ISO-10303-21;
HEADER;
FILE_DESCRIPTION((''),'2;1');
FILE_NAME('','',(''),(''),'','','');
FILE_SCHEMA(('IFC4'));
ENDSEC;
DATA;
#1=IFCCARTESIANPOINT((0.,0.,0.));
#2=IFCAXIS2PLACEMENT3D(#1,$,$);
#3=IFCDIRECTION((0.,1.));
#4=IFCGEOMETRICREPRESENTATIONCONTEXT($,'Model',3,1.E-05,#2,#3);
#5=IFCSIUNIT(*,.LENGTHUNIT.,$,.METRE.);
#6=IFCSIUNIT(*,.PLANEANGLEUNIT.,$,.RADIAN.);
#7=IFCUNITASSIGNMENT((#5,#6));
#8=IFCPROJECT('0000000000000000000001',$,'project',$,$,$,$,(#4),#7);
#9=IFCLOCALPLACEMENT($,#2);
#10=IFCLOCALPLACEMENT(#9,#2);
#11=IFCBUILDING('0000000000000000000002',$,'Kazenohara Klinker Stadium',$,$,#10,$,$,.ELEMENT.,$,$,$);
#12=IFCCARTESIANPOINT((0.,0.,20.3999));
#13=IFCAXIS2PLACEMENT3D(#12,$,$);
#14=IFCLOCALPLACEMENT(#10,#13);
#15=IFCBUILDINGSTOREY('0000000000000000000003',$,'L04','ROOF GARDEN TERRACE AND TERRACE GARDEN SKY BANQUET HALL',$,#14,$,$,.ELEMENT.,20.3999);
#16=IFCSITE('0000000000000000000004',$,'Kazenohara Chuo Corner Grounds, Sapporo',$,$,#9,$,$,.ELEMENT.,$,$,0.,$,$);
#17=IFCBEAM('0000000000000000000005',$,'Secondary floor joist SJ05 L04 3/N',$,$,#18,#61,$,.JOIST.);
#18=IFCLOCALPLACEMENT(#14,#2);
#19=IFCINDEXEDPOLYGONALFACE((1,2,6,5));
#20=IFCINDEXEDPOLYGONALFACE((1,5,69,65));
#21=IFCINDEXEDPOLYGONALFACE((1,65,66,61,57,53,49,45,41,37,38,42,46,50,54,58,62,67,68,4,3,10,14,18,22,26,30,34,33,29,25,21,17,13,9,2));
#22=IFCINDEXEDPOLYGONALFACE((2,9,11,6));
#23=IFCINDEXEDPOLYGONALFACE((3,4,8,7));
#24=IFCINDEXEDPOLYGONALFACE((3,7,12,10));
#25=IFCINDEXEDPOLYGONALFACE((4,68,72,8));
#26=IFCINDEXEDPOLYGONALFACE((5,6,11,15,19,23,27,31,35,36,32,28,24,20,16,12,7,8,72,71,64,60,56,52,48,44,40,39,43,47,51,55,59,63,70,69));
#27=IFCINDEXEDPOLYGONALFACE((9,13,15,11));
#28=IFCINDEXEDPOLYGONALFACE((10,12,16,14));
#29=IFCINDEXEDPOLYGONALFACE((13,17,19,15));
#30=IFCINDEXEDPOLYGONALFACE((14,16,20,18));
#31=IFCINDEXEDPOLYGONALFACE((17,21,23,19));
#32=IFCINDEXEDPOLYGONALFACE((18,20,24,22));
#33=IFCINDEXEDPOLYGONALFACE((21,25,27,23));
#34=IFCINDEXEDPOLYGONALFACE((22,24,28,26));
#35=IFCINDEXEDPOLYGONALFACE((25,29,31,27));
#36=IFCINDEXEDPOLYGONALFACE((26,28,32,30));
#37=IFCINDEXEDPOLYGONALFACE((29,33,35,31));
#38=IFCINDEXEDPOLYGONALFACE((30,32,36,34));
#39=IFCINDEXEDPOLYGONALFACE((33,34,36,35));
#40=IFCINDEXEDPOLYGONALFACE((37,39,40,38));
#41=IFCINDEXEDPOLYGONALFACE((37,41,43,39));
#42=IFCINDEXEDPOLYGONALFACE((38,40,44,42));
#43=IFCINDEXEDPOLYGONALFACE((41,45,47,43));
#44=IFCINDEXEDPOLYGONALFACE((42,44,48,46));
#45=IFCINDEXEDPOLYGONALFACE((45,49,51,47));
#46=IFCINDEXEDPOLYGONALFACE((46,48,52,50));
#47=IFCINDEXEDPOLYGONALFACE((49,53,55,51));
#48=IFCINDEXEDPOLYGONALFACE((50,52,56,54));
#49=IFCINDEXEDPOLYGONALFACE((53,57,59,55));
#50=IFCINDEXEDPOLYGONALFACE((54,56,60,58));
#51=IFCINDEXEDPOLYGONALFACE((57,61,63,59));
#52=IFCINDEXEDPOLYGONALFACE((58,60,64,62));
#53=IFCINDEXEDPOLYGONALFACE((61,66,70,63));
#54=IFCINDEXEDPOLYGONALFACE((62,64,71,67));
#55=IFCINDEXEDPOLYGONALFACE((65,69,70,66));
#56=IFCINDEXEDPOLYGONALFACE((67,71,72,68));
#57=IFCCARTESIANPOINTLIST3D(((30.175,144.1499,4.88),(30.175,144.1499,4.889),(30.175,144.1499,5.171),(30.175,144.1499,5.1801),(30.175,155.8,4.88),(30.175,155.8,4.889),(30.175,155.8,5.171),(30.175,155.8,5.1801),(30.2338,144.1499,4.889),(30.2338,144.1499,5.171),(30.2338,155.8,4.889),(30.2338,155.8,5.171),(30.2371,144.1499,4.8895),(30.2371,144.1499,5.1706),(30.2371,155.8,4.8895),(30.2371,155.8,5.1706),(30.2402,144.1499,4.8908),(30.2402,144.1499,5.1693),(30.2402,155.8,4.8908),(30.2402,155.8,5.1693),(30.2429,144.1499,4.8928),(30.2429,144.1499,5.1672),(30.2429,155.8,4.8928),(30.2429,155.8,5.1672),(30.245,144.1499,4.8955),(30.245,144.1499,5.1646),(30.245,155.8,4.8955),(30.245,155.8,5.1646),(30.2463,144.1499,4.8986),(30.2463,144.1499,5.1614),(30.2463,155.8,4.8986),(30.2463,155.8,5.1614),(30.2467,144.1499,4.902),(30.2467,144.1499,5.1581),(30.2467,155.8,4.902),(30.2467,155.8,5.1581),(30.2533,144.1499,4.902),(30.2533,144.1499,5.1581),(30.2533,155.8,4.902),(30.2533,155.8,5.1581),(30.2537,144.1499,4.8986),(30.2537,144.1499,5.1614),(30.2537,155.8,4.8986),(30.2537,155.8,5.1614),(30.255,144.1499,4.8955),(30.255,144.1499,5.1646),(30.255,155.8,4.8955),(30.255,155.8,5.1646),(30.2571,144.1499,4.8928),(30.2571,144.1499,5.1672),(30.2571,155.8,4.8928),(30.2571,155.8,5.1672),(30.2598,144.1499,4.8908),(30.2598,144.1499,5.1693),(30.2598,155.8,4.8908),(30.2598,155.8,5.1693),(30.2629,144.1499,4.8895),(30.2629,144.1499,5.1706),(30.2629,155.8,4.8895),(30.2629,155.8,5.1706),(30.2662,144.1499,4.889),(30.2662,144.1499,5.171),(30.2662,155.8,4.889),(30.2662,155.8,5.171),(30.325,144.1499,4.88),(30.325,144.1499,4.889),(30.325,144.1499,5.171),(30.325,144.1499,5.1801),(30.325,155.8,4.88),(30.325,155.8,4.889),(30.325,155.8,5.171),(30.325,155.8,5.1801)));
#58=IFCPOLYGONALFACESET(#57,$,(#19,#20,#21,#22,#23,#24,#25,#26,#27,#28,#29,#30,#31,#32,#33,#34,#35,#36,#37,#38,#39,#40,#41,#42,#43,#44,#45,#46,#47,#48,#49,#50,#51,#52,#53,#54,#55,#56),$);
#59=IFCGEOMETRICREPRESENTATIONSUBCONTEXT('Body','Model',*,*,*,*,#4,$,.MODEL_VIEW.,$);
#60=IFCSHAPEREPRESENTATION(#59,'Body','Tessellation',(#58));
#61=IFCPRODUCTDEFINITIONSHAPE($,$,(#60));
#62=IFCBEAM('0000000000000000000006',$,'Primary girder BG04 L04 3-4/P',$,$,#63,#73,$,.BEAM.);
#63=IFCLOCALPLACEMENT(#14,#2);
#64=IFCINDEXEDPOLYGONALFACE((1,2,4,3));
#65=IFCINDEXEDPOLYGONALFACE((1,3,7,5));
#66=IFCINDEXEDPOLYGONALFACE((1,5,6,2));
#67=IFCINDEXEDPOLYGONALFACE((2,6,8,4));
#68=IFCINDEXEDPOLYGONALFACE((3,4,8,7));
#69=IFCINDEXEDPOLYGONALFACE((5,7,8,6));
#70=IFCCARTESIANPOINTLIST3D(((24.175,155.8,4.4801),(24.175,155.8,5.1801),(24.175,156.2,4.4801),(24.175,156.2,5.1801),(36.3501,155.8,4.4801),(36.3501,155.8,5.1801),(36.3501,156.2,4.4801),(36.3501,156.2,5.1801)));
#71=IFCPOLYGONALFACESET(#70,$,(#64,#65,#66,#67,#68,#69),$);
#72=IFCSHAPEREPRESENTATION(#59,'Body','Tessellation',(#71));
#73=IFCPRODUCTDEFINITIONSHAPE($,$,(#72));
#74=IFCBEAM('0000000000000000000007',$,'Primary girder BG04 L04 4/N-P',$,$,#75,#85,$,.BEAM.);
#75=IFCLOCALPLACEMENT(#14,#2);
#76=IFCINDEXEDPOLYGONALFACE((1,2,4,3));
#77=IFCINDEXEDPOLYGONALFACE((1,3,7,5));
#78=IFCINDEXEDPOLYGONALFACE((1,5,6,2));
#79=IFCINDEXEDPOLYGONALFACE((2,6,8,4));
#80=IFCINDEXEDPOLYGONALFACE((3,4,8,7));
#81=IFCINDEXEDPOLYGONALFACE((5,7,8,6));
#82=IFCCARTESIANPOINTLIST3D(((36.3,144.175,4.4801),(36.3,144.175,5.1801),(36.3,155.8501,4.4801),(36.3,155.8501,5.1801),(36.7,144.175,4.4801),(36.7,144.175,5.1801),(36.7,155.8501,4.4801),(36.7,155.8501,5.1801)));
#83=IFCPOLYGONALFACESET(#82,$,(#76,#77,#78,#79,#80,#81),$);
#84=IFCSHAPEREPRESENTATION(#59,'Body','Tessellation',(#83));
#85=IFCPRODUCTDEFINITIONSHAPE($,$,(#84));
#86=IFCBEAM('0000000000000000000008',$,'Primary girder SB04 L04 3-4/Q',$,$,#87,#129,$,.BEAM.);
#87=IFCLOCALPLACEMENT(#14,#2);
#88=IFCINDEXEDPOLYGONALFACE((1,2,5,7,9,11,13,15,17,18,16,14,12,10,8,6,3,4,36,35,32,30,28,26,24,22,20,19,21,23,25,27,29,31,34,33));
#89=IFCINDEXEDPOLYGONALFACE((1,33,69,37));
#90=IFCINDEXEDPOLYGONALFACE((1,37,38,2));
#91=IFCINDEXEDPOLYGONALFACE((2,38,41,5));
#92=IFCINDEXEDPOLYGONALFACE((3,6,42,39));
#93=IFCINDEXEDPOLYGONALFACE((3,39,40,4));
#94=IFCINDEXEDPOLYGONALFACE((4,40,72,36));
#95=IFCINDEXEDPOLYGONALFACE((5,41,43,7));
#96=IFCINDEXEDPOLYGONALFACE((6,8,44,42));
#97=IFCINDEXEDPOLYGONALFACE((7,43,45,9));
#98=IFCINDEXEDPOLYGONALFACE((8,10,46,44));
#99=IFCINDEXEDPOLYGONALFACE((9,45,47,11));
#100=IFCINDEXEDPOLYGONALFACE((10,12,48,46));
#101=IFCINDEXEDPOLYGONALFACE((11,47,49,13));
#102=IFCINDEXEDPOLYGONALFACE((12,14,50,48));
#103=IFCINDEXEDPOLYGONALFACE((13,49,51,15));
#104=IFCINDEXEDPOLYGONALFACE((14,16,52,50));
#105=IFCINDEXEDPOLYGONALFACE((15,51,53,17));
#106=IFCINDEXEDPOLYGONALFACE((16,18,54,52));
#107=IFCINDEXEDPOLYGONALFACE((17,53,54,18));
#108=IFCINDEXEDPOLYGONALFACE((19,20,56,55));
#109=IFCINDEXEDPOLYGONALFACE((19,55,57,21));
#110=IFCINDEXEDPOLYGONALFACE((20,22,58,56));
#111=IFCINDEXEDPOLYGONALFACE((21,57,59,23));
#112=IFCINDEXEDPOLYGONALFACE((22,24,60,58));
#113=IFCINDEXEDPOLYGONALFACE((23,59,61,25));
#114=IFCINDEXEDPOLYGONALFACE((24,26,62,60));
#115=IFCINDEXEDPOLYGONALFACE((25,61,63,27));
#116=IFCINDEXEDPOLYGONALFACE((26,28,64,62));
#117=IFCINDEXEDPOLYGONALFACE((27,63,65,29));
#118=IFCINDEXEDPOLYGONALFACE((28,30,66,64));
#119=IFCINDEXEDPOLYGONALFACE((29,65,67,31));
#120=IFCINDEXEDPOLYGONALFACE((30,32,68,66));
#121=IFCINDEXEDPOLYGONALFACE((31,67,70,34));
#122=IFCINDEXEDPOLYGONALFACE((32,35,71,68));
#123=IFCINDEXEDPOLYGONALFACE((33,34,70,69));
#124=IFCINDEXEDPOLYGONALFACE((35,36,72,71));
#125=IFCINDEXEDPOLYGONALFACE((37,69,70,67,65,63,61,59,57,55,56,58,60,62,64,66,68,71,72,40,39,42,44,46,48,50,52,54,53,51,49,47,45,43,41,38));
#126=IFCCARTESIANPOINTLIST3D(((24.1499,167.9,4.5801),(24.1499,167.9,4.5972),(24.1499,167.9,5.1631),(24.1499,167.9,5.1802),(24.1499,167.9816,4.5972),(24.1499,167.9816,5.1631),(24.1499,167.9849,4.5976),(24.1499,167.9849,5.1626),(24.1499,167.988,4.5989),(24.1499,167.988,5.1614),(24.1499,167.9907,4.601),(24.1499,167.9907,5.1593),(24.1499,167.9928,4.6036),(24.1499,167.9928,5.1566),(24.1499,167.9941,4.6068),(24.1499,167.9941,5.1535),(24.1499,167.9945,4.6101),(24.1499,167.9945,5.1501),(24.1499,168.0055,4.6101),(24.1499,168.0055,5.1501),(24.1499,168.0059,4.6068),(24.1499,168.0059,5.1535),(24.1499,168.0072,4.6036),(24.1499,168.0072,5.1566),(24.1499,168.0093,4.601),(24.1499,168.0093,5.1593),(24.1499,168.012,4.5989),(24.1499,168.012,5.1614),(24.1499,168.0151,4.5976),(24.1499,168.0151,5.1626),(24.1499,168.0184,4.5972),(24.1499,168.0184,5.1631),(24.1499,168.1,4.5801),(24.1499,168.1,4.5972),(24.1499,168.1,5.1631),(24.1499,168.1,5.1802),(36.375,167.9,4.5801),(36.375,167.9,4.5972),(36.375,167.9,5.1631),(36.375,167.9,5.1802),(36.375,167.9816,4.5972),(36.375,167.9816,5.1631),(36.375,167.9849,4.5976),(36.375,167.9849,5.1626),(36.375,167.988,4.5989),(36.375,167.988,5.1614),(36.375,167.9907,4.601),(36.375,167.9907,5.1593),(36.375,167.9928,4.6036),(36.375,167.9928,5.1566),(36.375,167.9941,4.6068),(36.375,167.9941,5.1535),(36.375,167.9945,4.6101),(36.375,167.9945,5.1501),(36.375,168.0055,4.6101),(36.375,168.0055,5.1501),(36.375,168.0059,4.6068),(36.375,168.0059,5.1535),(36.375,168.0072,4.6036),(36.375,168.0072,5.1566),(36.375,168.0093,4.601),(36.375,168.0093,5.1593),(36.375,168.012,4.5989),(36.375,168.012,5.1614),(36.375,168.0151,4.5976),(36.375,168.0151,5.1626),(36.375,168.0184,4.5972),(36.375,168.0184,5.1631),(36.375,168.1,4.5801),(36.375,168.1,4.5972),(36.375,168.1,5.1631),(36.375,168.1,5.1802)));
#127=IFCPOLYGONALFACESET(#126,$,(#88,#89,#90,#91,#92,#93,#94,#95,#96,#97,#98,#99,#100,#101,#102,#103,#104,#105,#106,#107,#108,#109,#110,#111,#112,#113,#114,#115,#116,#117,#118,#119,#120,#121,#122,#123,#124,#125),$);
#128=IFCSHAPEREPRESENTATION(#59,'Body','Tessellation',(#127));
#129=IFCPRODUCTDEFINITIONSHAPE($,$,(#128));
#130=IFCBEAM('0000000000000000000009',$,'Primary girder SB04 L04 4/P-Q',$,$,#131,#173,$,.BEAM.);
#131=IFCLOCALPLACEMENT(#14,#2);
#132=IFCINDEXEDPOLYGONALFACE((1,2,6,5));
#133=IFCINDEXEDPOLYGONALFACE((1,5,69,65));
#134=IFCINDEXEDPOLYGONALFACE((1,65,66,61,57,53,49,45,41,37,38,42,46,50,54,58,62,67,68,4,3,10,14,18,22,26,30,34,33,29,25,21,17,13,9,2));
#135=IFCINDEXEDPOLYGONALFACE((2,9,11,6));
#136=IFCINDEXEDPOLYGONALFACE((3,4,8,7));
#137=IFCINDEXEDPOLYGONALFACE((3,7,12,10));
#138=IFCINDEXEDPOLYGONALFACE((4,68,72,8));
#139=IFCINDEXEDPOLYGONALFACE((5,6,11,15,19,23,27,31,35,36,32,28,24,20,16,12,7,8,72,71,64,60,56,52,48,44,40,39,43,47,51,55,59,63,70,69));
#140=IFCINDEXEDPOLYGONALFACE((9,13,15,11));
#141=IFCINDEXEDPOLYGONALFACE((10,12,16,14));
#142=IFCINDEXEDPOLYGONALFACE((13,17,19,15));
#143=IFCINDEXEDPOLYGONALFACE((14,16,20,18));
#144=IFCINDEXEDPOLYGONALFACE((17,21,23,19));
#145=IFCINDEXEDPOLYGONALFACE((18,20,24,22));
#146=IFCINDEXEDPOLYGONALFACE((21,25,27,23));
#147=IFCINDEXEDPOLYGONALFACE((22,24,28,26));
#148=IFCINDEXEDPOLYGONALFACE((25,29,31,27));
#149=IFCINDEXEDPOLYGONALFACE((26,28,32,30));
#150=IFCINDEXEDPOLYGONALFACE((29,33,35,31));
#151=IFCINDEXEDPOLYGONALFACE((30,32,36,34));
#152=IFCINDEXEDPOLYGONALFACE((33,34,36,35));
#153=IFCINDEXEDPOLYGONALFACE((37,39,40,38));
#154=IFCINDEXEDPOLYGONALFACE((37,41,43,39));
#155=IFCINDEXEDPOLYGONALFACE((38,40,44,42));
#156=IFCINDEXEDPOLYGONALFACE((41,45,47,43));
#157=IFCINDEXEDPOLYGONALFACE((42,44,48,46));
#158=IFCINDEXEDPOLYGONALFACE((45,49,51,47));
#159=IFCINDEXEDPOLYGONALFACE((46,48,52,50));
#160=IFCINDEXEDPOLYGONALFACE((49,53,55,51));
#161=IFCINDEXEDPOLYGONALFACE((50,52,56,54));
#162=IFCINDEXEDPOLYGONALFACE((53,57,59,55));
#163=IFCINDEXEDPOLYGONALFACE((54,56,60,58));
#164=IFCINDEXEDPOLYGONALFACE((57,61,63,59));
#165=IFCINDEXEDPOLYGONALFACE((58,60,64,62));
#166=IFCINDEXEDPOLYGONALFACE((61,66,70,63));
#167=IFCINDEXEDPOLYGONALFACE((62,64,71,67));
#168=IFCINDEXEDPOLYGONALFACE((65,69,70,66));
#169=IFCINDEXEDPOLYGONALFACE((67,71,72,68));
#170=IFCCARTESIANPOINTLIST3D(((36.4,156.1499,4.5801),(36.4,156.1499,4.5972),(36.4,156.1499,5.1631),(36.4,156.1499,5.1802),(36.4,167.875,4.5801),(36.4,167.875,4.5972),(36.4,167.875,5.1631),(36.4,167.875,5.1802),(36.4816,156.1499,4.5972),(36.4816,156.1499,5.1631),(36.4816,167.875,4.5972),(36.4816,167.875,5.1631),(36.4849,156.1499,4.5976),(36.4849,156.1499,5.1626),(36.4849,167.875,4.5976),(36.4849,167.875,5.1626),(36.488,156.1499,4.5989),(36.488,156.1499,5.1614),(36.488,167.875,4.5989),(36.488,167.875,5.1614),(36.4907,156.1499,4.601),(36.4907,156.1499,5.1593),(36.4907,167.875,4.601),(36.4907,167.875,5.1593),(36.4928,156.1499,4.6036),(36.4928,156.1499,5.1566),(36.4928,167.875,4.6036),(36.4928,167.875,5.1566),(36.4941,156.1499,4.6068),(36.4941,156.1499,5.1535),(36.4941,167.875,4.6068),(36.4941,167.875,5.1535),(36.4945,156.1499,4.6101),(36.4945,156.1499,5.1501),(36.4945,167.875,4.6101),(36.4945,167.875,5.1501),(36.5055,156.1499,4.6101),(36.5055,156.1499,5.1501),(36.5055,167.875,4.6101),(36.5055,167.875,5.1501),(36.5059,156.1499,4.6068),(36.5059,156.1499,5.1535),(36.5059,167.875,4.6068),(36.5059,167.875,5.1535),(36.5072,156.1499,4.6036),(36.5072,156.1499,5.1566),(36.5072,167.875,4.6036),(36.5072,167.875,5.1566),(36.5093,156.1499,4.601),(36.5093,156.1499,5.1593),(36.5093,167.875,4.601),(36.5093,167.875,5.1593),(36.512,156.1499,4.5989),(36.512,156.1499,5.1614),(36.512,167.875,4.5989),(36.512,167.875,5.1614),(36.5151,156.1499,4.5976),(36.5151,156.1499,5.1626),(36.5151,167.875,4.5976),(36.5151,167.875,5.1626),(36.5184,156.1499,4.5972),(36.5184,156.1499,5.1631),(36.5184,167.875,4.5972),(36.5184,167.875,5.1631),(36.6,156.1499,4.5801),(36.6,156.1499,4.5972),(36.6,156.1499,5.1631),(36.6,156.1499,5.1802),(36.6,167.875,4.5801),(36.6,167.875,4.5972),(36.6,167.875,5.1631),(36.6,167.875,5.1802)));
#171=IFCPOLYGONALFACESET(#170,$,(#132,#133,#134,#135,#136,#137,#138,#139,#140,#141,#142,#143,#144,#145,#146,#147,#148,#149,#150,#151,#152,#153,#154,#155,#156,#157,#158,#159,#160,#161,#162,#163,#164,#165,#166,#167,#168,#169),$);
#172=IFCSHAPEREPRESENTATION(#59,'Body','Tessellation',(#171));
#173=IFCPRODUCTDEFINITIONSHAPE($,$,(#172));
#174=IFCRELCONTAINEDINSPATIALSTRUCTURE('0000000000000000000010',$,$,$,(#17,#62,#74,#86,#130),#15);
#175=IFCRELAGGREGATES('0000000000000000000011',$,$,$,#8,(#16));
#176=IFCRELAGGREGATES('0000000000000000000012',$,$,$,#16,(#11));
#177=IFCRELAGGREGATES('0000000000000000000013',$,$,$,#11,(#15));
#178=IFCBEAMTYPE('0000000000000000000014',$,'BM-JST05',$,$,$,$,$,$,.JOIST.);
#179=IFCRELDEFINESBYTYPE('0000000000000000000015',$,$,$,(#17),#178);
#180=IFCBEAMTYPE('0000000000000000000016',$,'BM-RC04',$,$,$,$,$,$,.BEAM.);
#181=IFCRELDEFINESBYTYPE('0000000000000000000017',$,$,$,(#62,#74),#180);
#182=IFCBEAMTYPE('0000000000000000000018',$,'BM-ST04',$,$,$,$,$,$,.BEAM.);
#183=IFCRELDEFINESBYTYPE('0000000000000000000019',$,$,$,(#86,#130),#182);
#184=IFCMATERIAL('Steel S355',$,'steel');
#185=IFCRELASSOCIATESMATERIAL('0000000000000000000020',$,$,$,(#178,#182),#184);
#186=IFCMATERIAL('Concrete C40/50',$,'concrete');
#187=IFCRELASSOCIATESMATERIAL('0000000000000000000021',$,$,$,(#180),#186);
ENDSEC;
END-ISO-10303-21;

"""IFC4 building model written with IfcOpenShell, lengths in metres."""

from ifc_helpers import new_model, si_unit, direction, frame, origin, origin_2d, place, context, subcontext, project, spatial, rectangle, i_section, extrude, material, material_profile, profile_set, type_object, element, save


model = new_model("IFC4")

# Units and contexts
model_context = context("Model", 3, precision=1e-05, world=origin(), true_north=direction((0.0, 1.0)))
body_context = subcontext(model_context, "Body", "Model", "MODEL_VIEW")
ifc_project = project(units=[si_unit("LENGTHUNIT", "METRE"), si_unit("PLANEANGLEUNIT", "RADIAN")], contexts=[model_context])

# Site, building, storey
site_placement = place(None, origin())
site = spatial("IfcSite", under=ifc_project, at=site_placement, Name="Kazenohara Chuo Corner Grounds, Sapporo", CompositionType="ELEMENT", RefElevation=0.0)
building_placement = place(site_placement, origin())
building = spatial("IfcBuilding", under=site, at=building_placement, Name="Kazenohara Klinker Stadium", CompositionType="ELEMENT")
storey_placement = place(building_placement, frame((0.0, 0.0, 20.3999)))
storey = spatial("IfcBuildingStorey", under=building, at=storey_placement, Name="L04", Description="ROOF GARDEN TERRACE AND TERRACE GARDEN SKY BANQUET HALL", CompositionType="ELEMENT", Elevation=20.3999)

# Shared definitions
ifc_material_1 = material(Name="Steel S355", Category="steel")

# Beams
ifc_material_profile_1 = material_profile(ifc_material_1, i_section(OverallWidth=0.1499, OverallDepth=0.3, WebThickness=0.0066, FlangeThickness=0.009, FilletRadius=0.0129, at=origin_2d()), Name="H-300x150x6.5x9")
ifc_profile_set_1 = profile_set([ifc_material_profile_1], Name="Steel S355")
beam_type_1 = type_object("IfcBeamType", Name="BM-JST05", PredefinedType="JOIST", material=ifc_profile_set_1)
beam_1_placement = place(storey_placement, frame((30.25, 144.1499, 5.03), z_axis=(0.0, 1.0, 0.0), x_axis=(-1.0, 0.0, 0.0)))
element("IfcBeam", 1, at=beam_1_placement, inside=storey, type_object=beam_type_1, Name="Secondary floor joist SJ05 L04 3/N", PredefinedType="JOIST", context=body_context, shape_type="SweptSolid", body=[
    extrude(i_section(OverallWidth=0.1499, OverallDepth=0.3, WebThickness=0.0066, FlangeThickness=0.009, FilletRadius=0.0129, at=origin_2d()), origin(), (0.0, 0.0, 1.0), 11.6501),
])
ifc_material_2 = material(Name="Concrete C40/50", Category="concrete")
ifc_material_profile_2 = material_profile(ifc_material_2, rectangle(XDim=0.3999, YDim=0.7, at=origin_2d()), Name="RC-BM-400x700")
ifc_profile_set_2 = profile_set([ifc_material_profile_2], Name="Concrete C40/50")
beam_type_2 = type_object("IfcBeamType", Name="BM-RC04", PredefinedType="BEAM", material=ifc_profile_set_2)
beam_2_placement = place(storey_placement, frame((24.175, 156.0, 4.8301), z_axis=(1.0, 0.0, 0.0), x_axis=(0.0, 1.0, 0.0)))
element("IfcBeam", 2, at=beam_2_placement, inside=storey, type_object=beam_type_2, Name="Primary girder BG04 L04 3-4/P", PredefinedType="BEAM", context=body_context, shape_type="SweptSolid", body=[
    extrude(rectangle(XDim=0.3999, YDim=0.7, at=origin_2d()), origin(), (0.0, 0.0, 1.0), 12.175),
])
beam_3_placement = place(storey_placement, frame((36.5, 144.175, 4.8301), z_axis=(0.0, 1.0, 0.0), x_axis=(-1.0, 0.0, 0.0)))
element("IfcBeam", 3, at=beam_3_placement, inside=storey, type_object=beam_type_2, Name="Primary girder BG04 L04 4/N-P", PredefinedType="BEAM", context=body_context, shape_type="SweptSolid", body=[
    extrude(rectangle(XDim=0.3999, YDim=0.7, at=origin_2d()), origin(), (0.0, 0.0, 1.0), 11.675),
])
ifc_material_profile_3 = material_profile(ifc_material_1, i_section(OverallWidth=0.2, OverallDepth=0.6001, WebThickness=0.011, FlangeThickness=0.0171, FilletRadius=0.0129, at=origin_2d()), Name="H-600x200x11x17")
ifc_profile_set_3 = profile_set([ifc_material_profile_3], Name="Steel S355")
beam_type_3 = type_object("IfcBeamType", Name="BM-ST04", PredefinedType="BEAM", material=ifc_profile_set_3)
beam_4_placement = place(storey_placement, frame((24.1499, 168.0, 4.8801), z_axis=(1.0, 0.0, 0.0), x_axis=(0.0, 1.0, 0.0)))
element("IfcBeam", 4, at=beam_4_placement, inside=storey, type_object=beam_type_3, Name="Primary girder SB04 L04 3-4/Q", PredefinedType="BEAM", context=body_context, shape_type="SweptSolid", body=[
    extrude(i_section(OverallWidth=0.2, OverallDepth=0.6001, WebThickness=0.011, FlangeThickness=0.0171, FilletRadius=0.0129, at=origin_2d()), origin(), (0.0, 0.0, 1.0), 12.2251),
])
beam_5_placement = place(storey_placement, frame((36.5, 156.1499, 4.8801), z_axis=(0.0, 1.0, 0.0), x_axis=(-1.0, 0.0, 0.0)))
element("IfcBeam", 5, at=beam_5_placement, inside=storey, type_object=beam_type_3, Name="Primary girder SB04 L04 4/P-Q", PredefinedType="BEAM", context=body_context, shape_type="SweptSolid", body=[
    extrude(i_section(OverallWidth=0.2, OverallDepth=0.6001, WebThickness=0.011, FlangeThickness=0.0171, FilletRadius=0.0129, at=origin_2d()), origin(), (0.0, 0.0, 1.0), 11.7251),
])

save(model, "model.ifc")
